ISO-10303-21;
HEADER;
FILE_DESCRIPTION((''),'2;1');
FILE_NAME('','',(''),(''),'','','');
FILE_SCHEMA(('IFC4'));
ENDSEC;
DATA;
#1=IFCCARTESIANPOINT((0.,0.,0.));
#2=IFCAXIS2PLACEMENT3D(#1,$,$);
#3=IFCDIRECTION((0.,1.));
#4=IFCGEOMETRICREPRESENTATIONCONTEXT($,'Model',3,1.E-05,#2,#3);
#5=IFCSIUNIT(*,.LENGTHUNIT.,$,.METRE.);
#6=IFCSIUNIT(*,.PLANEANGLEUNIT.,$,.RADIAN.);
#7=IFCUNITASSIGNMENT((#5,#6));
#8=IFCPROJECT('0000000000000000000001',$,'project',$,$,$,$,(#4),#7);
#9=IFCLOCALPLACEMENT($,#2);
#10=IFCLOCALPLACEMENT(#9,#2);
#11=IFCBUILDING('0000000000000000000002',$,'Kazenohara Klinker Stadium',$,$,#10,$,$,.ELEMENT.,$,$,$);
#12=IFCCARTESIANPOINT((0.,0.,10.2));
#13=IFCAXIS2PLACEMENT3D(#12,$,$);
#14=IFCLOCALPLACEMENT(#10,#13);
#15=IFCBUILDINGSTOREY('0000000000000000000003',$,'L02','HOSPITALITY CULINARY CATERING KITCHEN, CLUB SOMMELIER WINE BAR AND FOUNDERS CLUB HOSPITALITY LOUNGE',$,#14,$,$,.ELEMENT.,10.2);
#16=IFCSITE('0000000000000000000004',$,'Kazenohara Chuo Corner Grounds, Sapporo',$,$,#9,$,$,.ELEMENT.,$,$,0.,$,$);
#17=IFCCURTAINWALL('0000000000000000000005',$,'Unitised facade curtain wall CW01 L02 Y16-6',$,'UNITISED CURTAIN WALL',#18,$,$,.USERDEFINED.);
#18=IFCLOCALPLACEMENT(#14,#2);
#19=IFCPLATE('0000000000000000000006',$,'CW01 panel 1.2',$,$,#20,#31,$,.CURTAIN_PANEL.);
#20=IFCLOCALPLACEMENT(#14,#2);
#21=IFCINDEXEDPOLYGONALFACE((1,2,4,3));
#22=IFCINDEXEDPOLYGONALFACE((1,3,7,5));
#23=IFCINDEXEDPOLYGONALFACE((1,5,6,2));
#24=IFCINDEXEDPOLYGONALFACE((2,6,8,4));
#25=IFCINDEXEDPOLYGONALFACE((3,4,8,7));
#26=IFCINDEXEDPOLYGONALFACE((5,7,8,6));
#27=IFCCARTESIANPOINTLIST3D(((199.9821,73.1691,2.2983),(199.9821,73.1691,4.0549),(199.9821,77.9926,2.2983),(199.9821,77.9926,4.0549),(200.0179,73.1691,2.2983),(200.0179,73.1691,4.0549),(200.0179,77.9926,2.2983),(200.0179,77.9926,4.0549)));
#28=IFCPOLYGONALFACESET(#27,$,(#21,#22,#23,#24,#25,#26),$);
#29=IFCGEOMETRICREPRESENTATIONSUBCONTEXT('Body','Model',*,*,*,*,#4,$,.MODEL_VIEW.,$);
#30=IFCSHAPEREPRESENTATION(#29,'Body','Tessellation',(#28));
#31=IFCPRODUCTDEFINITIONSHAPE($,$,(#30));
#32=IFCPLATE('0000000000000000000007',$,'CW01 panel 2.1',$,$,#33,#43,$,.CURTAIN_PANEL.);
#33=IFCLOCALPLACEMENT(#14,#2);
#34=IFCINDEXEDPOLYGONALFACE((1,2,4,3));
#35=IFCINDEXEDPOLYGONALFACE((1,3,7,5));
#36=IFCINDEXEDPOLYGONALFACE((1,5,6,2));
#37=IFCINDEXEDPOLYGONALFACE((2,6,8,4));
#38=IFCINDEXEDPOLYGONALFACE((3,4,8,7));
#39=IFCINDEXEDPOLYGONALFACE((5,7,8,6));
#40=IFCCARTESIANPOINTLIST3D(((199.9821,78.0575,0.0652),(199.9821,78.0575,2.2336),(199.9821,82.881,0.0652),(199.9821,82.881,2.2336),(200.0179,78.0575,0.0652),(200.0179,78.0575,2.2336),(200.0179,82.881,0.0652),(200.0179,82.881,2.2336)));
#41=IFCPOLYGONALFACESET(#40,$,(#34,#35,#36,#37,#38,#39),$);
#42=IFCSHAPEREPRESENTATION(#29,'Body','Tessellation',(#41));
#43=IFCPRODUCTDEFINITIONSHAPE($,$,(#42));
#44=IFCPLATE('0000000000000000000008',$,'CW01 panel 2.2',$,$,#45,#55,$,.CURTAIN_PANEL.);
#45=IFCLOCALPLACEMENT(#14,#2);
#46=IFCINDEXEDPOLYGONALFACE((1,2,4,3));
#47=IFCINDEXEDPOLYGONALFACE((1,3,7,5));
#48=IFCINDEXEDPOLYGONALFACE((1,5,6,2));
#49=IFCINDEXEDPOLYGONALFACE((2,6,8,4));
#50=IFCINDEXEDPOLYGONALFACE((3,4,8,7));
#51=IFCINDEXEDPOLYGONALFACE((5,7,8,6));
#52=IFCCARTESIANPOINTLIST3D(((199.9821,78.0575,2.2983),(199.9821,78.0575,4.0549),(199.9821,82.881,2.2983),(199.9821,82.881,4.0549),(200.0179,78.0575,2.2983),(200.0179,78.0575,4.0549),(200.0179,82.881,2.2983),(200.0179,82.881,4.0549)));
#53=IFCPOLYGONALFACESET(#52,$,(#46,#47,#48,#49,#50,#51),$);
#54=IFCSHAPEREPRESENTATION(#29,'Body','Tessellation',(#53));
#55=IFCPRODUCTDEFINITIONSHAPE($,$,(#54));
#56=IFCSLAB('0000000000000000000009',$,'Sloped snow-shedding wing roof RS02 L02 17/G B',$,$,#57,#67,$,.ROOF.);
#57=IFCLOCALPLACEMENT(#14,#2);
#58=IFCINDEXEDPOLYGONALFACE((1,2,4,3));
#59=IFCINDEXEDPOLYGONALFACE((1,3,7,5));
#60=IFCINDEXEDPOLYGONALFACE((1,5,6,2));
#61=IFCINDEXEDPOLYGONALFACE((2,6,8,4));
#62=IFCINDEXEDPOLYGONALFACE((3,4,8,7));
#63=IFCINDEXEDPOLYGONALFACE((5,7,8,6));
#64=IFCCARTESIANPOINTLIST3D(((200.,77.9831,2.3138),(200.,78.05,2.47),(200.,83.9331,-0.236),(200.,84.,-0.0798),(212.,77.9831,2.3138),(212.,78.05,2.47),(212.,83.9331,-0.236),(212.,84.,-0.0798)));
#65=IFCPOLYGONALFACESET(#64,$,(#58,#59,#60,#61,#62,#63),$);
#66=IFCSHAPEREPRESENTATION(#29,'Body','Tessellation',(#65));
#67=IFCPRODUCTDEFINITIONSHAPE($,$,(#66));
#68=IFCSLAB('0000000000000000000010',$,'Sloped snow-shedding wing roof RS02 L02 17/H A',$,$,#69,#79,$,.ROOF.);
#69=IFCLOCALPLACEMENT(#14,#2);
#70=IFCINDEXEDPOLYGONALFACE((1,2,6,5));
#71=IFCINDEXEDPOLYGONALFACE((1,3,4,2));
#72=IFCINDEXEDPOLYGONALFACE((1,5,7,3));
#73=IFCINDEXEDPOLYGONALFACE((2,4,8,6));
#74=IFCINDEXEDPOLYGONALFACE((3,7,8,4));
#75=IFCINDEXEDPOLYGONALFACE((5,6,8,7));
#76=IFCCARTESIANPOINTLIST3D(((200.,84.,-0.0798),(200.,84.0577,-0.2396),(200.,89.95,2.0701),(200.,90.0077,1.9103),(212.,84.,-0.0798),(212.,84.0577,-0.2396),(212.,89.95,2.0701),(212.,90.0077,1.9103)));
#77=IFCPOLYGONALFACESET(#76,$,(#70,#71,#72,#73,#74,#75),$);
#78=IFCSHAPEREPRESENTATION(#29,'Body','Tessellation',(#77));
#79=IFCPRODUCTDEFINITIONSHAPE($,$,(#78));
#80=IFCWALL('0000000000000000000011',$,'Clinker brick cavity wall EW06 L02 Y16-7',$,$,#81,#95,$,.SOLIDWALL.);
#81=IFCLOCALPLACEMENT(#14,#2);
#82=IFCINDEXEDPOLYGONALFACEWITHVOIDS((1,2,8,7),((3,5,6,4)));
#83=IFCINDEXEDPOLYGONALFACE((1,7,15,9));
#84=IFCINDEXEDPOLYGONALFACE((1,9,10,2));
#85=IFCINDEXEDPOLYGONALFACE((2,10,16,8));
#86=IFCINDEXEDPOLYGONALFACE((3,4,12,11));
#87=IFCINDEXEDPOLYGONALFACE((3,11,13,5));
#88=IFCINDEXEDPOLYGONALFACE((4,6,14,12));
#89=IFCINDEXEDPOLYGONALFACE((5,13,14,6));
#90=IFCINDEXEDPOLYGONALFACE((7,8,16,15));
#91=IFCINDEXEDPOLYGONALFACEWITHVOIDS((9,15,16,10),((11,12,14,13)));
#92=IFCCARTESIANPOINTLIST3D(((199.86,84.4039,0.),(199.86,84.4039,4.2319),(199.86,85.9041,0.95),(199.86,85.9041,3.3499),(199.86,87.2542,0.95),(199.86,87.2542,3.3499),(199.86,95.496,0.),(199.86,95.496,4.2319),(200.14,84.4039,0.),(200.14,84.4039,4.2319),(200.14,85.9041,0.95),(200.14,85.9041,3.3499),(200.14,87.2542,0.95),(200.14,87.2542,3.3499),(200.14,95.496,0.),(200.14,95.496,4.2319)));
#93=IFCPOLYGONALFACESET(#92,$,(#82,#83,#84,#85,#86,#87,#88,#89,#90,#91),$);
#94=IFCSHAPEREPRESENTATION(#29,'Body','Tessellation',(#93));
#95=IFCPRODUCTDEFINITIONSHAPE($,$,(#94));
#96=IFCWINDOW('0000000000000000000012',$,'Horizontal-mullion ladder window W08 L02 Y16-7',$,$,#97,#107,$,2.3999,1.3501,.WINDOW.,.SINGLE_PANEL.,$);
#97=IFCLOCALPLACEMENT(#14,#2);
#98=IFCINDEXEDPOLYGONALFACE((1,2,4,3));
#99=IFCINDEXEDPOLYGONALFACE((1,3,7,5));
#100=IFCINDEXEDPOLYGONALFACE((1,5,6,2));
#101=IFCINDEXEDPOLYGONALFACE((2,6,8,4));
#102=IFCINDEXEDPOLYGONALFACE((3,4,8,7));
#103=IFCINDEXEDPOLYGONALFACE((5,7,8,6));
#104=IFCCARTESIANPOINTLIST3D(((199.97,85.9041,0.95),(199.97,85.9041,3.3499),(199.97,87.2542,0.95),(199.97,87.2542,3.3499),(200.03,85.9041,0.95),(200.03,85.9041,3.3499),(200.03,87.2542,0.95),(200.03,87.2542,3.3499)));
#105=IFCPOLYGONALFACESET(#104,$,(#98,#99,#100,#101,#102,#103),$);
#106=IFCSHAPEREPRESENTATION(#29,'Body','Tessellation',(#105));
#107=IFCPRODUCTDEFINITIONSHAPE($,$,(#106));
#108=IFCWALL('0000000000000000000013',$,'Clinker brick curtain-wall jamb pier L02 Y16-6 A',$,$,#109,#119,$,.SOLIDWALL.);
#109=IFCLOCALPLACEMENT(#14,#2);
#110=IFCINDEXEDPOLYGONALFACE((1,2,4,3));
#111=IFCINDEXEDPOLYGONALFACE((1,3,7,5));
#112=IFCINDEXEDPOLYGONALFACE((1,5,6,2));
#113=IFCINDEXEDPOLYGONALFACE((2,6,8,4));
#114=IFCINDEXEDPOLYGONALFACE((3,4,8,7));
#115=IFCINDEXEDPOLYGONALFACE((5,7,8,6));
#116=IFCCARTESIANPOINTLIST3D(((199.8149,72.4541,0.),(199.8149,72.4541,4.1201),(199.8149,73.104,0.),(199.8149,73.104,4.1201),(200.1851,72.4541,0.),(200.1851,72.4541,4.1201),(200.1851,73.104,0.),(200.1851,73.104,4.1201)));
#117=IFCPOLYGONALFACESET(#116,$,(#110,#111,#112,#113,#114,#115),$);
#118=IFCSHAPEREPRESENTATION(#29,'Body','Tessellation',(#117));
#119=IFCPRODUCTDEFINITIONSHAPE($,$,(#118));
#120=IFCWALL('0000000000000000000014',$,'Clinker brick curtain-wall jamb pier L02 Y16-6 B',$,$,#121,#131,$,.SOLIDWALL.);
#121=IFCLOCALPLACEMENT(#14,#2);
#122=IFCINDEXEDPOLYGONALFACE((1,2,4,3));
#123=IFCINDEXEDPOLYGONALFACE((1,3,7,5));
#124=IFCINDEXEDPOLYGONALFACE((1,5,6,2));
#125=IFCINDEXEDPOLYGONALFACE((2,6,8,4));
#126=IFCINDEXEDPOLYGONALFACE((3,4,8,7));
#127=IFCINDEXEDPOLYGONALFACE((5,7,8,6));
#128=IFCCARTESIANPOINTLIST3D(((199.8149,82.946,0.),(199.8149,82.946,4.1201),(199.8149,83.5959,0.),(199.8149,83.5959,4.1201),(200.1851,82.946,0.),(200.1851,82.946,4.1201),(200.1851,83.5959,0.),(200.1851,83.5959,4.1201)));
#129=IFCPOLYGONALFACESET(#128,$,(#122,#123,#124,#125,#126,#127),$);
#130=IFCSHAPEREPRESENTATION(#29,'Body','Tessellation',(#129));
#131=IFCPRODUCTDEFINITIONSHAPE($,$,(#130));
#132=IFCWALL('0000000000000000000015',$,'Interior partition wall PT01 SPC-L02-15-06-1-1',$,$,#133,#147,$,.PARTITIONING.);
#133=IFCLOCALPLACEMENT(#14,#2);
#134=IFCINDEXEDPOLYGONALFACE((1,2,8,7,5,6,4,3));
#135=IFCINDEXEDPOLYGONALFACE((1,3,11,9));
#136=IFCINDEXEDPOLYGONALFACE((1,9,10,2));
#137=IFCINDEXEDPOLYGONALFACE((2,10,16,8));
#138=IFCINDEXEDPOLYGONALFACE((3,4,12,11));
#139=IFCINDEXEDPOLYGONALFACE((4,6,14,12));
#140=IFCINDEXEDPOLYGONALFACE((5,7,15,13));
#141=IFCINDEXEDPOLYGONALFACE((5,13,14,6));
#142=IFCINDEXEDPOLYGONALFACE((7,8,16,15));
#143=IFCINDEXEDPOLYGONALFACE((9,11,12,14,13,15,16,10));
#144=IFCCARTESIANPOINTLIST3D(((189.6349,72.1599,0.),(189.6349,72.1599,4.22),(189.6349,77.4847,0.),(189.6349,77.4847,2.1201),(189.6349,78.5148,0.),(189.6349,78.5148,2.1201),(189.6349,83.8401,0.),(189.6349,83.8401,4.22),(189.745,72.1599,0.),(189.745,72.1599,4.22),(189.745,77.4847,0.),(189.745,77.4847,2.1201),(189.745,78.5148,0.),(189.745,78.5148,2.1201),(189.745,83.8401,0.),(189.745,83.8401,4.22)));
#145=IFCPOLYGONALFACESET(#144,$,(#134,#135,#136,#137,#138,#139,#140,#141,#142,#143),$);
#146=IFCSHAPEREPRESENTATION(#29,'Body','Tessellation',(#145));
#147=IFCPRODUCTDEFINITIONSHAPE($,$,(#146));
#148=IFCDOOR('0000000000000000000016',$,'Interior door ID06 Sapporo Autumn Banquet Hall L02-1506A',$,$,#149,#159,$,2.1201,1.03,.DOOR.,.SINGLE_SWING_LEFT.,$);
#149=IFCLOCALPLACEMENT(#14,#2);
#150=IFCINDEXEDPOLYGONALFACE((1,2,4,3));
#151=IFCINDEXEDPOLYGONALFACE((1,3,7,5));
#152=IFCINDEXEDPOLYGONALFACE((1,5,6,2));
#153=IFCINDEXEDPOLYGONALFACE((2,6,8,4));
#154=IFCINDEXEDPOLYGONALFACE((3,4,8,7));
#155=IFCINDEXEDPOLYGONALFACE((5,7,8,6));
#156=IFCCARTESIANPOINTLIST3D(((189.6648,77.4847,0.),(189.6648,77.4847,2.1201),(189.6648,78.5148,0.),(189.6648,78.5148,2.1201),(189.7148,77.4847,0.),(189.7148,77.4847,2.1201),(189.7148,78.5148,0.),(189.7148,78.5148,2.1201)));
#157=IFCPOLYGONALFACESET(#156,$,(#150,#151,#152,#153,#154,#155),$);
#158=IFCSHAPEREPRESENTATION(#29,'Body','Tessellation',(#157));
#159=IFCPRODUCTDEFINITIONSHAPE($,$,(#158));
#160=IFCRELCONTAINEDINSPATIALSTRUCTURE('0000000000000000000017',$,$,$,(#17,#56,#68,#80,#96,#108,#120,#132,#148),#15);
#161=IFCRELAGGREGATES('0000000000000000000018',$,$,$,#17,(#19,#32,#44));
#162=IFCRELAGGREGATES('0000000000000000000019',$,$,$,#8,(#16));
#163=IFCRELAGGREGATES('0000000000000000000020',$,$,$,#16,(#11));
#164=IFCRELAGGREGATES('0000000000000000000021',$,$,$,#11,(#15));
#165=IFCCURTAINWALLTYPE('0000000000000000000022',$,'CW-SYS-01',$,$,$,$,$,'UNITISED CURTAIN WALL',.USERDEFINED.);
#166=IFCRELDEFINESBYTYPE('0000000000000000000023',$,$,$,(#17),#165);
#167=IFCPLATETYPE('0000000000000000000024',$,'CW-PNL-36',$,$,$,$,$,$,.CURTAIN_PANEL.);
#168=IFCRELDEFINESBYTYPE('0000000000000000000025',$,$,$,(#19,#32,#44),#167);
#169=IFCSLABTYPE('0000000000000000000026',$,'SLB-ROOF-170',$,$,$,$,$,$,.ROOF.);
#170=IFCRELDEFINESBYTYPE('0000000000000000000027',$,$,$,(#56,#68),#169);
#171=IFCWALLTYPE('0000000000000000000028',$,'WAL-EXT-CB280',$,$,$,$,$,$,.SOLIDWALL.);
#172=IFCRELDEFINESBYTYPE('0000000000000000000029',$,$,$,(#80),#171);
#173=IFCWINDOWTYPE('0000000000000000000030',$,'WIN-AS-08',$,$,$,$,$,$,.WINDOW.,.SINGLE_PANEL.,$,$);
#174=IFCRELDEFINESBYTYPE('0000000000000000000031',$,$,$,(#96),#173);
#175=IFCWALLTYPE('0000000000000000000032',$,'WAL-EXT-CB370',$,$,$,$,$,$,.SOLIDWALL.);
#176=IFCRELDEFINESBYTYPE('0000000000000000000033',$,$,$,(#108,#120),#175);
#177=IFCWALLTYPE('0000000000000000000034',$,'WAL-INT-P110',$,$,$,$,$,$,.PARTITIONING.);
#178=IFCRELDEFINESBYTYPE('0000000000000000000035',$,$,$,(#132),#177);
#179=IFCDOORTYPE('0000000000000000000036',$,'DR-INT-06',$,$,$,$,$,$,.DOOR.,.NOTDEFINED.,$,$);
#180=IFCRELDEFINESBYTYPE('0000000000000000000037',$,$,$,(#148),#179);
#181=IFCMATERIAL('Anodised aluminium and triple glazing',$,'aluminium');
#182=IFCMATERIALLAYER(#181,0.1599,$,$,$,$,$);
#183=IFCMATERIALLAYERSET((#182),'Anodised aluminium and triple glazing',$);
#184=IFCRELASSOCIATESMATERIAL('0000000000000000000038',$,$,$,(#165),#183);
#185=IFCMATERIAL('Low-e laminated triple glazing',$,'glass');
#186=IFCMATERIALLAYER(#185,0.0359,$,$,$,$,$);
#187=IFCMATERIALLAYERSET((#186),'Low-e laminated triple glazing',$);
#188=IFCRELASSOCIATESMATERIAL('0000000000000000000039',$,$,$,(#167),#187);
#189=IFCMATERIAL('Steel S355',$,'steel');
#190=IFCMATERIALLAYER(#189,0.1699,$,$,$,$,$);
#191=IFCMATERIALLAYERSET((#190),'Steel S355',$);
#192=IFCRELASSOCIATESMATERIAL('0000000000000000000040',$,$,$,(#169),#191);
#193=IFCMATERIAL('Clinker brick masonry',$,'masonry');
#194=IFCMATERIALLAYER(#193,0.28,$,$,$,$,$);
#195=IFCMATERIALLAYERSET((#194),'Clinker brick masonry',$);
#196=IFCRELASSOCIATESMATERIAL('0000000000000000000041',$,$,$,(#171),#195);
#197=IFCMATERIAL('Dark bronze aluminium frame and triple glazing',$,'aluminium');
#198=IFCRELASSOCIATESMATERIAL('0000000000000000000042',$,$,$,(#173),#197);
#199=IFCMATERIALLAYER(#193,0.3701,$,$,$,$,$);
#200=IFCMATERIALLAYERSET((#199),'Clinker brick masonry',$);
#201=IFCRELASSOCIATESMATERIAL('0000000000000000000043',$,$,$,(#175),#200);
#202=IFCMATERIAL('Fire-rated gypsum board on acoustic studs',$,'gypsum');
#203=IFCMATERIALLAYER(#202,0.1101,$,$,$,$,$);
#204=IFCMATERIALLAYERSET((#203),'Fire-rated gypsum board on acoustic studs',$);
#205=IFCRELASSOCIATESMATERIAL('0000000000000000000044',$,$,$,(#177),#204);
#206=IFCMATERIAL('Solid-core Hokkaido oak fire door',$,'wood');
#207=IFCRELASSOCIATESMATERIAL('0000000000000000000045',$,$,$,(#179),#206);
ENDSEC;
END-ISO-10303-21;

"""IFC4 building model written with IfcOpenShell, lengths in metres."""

from ifc_helpers import new_model, si_unit, direction, frame, frame_2d, origin, origin_2d, place, context, subcontext, project, spatial, polyline, rectangle, outline, extrude, material, layer, layer_set, type_object, element, fill, aggregate, save


model = new_model("IFC4")

# Units and contexts
model_context = context("Model", 3, precision=1e-05, world=origin(), true_north=direction((0.0, 1.0)))
body_context = subcontext(model_context, "Body", "Model", "MODEL_VIEW")
ifc_project = project(units=[si_unit("LENGTHUNIT", "METRE"), si_unit("PLANEANGLEUNIT", "RADIAN")], contexts=[model_context])

# Site, building, storey
site_placement = place(None, origin())
site = spatial("IfcSite", under=ifc_project, at=site_placement, Name="Kazenohara Chuo Corner Grounds, Sapporo", CompositionType="ELEMENT", RefElevation=0.0)
building_placement = place(site_placement, origin())
building = spatial("IfcBuilding", under=site, at=building_placement, Name="Kazenohara Klinker Stadium", CompositionType="ELEMENT")
storey_placement = place(building_placement, frame((0.0, 0.0, 10.2)))
storey = spatial("IfcBuildingStorey", under=building, at=storey_placement, Name="L02", Description="HOSPITALITY CULINARY CATERING KITCHEN, CLUB SOMMELIER WINE BAR AND FOUNDERS CLUB HOSPITALITY LOUNGE", CompositionType="ELEMENT", Elevation=10.2)

# Shared definitions
ifc_material_1 = material(Name="Steel S355", Category="steel")

# Curtain wall
ifc_material_2 = material(Name="Anodised aluminium and triple glazing", Category="aluminium")
ifc_layer_1 = layer(ifc_material_2, 0.1599)
ifc_layer_set_1 = layer_set([ifc_layer_1], Name="Anodised aluminium and triple glazing")
curtain_wall_type = type_object("IfcCurtainWallType", Name="CW-SYS-01", ElementType="UNITISED CURTAIN WALL", PredefinedType="USERDEFINED", material=ifc_layer_set_1)
curtain_wall_placement = place(storey_placement, origin())
curtain_wall = element("IfcCurtainWall", 1, at=curtain_wall_placement, inside=storey, type_object=curtain_wall_type, Name="Unitised facade curtain wall CW01 L02 Y16-6", ObjectType="UNITISED CURTAIN WALL", PredefinedType="USERDEFINED")

# Plates
ifc_material_3 = material(Name="Low-e laminated triple glazing", Category="glass")
ifc_layer_2 = layer(ifc_material_3, 0.0359)
ifc_layer_set_2 = layer_set([ifc_layer_2], Name="Low-e laminated triple glazing")
plate_type = type_object("IfcPlateType", Name="CW-PNL-36", PredefinedType="CURTAIN_PANEL", material=ifc_layer_set_2)
plate_1_placement = place(storey_placement, frame((200.0, 75.5808, 2.2983), z_axis=(0.0, 0.0, 1.0), x_axis=(0.0, 1.0, 0.0)))
plate_1 = element("IfcPlate", 2, at=plate_1_placement, type_object=plate_type, Name="CW01 panel 1.2", PredefinedType="CURTAIN_PANEL", context=body_context, shape_type="SweptSolid", body=[
    extrude(rectangle(XDim=4.8235, YDim=0.0359, at=origin_2d()), origin(), (0.0, 0.0, 1.0), 1.7566),
])
plate_2_placement = place(storey_placement, frame((200.0, 80.4692, 0.0652), z_axis=(0.0, 0.0, 1.0), x_axis=(0.0, 1.0, 0.0)))
plate_2 = element("IfcPlate", 3, at=plate_2_placement, type_object=plate_type, Name="CW01 panel 2.1", PredefinedType="CURTAIN_PANEL", context=body_context, shape_type="SweptSolid", body=[
    extrude(rectangle(XDim=4.8235, YDim=0.0359, at=origin_2d()), origin(), (0.0, 0.0, 1.0), 2.1685),
])
plate_3_placement = place(storey_placement, frame((200.0, 80.4692, 2.2983), z_axis=(0.0, 0.0, 1.0), x_axis=(0.0, 1.0, 0.0)))
plate_3 = element("IfcPlate", 4, at=plate_3_placement, type_object=plate_type, Name="CW01 panel 2.2", PredefinedType="CURTAIN_PANEL", context=body_context, shape_type="SweptSolid", body=[
    extrude(rectangle(XDim=4.8235, YDim=0.0359, at=origin_2d()), origin(), (0.0, 0.0, 1.0), 1.7566),
])
aggregate(curtain_wall, [plate_1, plate_2, plate_3])

# Slabs
ifc_layer_3 = layer(ifc_material_1, 0.1699)
ifc_layer_set_3 = layer_set([ifc_layer_3], Name="Steel S355")
slab_type = type_object("IfcSlabType", Name="SLB-ROOF-170", PredefinedType="ROOF", material=ifc_layer_set_3)
slab_1_placement = place(storey_placement, frame((200.0, 78.05, 2.47), z_axis=(0.0, 0.393897, 0.919155), x_axis=(1.0, 0.0, 0.0)))
element("IfcSlab", 5, at=slab_1_placement, inside=storey, type_object=slab_type, Name="Sloped snow-shedding wing roof RS02 L02 17/G B", PredefinedType="ROOF", context=body_context, shape_type="SweptSolid", body=[
    extrude(outline(polyline([(0.0, 0.0), (12.0, 0.0), (12.0, 6.4733), (0.0, 6.4733), (0.0, 0.0)])), origin(), (0.0, 0.0, -1.0), 0.1699),
])
slab_2_placement = place(storey_placement, frame((200.0, 84.0, -0.0798), z_axis=(0.0, -0.339827, 0.940488), x_axis=(1.0, 0.0, 0.0)))
element("IfcSlab", 6, at=slab_2_placement, inside=storey, type_object=slab_type, Name="Sloped snow-shedding wing roof RS02 L02 17/H A", PredefinedType="ROOF", context=body_context, shape_type="SweptSolid", body=[
    extrude(outline(polyline([(0.0, 0.0), (12.0, 0.0), (12.0, 6.3265), (0.0, 6.3265), (0.0, 0.0)])), origin(), (0.0, 0.0, -1.0), 0.1699),
])

# Wall, opening, window
ifc_material_4 = material(Name="Clinker brick masonry", Category="masonry")
ifc_layer_4 = layer(ifc_material_4, 0.28)
ifc_layer_set_4 = layer_set([ifc_layer_4], Name="Clinker brick masonry")
wall_type_1 = type_object("IfcWallType", Name="WAL-EXT-CB280", PredefinedType="SOLIDWALL", material=ifc_layer_set_4)
wall_1_placement = place(storey_placement, frame((200.0, 84.4041, 0.0), z_axis=(0.0, 0.0, 1.0), x_axis=(0.0, 1.0, 0.0)))
wall_1 = element("IfcWall", 7, at=wall_1_placement, inside=storey, type_object=wall_type_1, Name="Clinker brick cavity wall EW06 L02 Y16-7", PredefinedType="SOLIDWALL", context=body_context, shape_type="SweptSolid", body=[
    extrude(rectangle(XDim=11.092, YDim=0.28, at=frame_2d((5.5459, 0.0))), origin(), (0.0, 0.0, 1.0), 4.2319),
])
opening_1_placement = place(wall_1_placement, frame((1.5, 0.0, 0.95)))
opening_1 = element("IfcOpeningElement", 8, at=opening_1_placement, cuts=wall_1, PredefinedType="OPENING", context=body_context, shape_type="SweptSolid", body=[
    extrude(rectangle(XDim=1.3501, YDim=2.3999, at=frame_2d((0.675, 1.2))), frame((0.0, 0.1499, 0.0), z_axis=(0.0, -1.0, 0.0), x_axis=(1.0, 0.0, 0.0)), (0.0, 0.0, 1.0), 0.3),
])
ifc_material_5 = material(Name="Dark bronze aluminium frame and triple glazing", Category="aluminium")
window_type = type_object("IfcWindowType", Name="WIN-AS-08", PartitioningType="SINGLE_PANEL", PredefinedType="WINDOW", material=ifc_material_5)
window_placement = place(opening_1_placement, origin())
window = element("IfcWindow", 9, at=window_placement, inside=storey, type_object=window_type, Name="Horizontal-mullion ladder window W08 L02 Y16-7", OverallHeight=2.3999, OverallWidth=1.3501, PartitioningType="SINGLE_PANEL", PredefinedType="WINDOW", context=body_context, shape_type="SweptSolid", body=[
    extrude(rectangle(XDim=1.3501, YDim=2.3999, at=frame_2d((0.675, 1.2))), frame((0.0, 0.03, 0.0), z_axis=(0.0, -1.0, 0.0), x_axis=(1.0, 0.0, 0.0)), (0.0, 0.0, 1.0), 0.0601),
])
fill(opening_1, window)

# Walls
ifc_layer_5 = layer(ifc_material_4, 0.3701)
ifc_layer_set_5 = layer_set([ifc_layer_5], Name="Clinker brick masonry")
wall_type_2 = type_object("IfcWallType", Name="WAL-EXT-CB370", PredefinedType="SOLIDWALL", material=ifc_layer_set_5)
for number, where, z_axis, x_axis, name in (
    (10, (200.0, 72.4541, 0.0), (0.0, 0.0, 1.0), (0.0, 1.0, 0.0), "Clinker brick curtain-wall jamb pier L02 Y16-6 A"),
    (11, (200.0, 82.946, 0.0), (0.0, 0.0, 1.0), (0.0, 1.0, 0.0), "Clinker brick curtain-wall jamb pier L02 Y16-6 B"),
):
    element("IfcWall", number, at=place(storey_placement, frame(where, z_axis=z_axis, x_axis=x_axis)), inside=storey, type_object=wall_type_2, Name=name, PredefinedType="SOLIDWALL", context=body_context, shape_type="SweptSolid", body=[
        extrude(rectangle(XDim=0.6499, YDim=0.3701, at=frame_2d((0.325, 0.0))), origin(), (0.0, 0.0, 1.0), 4.1201),
    ])

# Wall, opening, door
ifc_material_6 = material(Name="Fire-rated gypsum board on acoustic studs", Category="gypsum")
ifc_layer_6 = layer(ifc_material_6, 0.1101)
ifc_layer_set_6 = layer_set([ifc_layer_6], Name="Fire-rated gypsum board on acoustic studs")
wall_type_3 = type_object("IfcWallType", Name="WAL-INT-P110", PredefinedType="PARTITIONING", material=ifc_layer_set_6)
wall_2_placement = place(storey_placement, frame((189.6899, 72.1599, 0.0), z_axis=(0.0, 0.0, 1.0), x_axis=(0.0, 1.0, 0.0)))
wall_2 = element("IfcWall", 12, at=wall_2_placement, inside=storey, type_object=wall_type_3, Name="Interior partition wall PT01 SPC-L02-15-06-1-1", PredefinedType="PARTITIONING", context=body_context, shape_type="SweptSolid", body=[
    extrude(rectangle(XDim=11.6802, YDim=0.1101, at=frame_2d((5.8401, 0.0))), origin(), (0.0, 0.0, 1.0), 4.22),
])
opening_2_placement = place(wall_2_placement, frame((6.355, 0.0, 0.0), z_axis=(0.0, 0.0, 1.0), x_axis=(-1.0, 0.0, 0.0)))
opening_2 = element("IfcOpeningElement", 13, at=opening_2_placement, cuts=wall_2, PredefinedType="OPENING", context=body_context, shape_type="SweptSolid", body=[
    extrude(rectangle(XDim=1.03, YDim=2.1201, at=frame_2d((0.5151, 1.0601))), frame((0.0, 0.0649, 0.0), z_axis=(0.0, -1.0, 0.0), x_axis=(1.0, 0.0, 0.0)), (0.0, 0.0, 1.0), 0.1301),
])
ifc_material_7 = material(Name="Solid-core Hokkaido oak fire door", Category="wood")
door_type_1 = type_object("IfcDoorType", Name="DR-INT-06", OperationType="NOTDEFINED", PredefinedType="DOOR", material=ifc_material_7)
door_1_placement = place(opening_2_placement, origin())
door_1 = element("IfcDoor", 14, at=door_1_placement, inside=storey, type_object=door_type_1, Name="Interior door ID06 Sapporo Autumn Banquet Hall L02-1506A", OperationType="SINGLE_SWING_LEFT", OverallHeight=2.1201, OverallWidth=1.03, PredefinedType="DOOR", context=body_context, shape_type="SweptSolid", body=[
    extrude(rectangle(XDim=1.03, YDim=2.1201, at=frame_2d((0.5151, 1.0601))), frame((0.0, 0.0249, 0.0), z_axis=(0.0, -1.0, 0.0), x_axis=(1.0, 0.0, 0.0)), (0.0, 0.0, 1.0), 0.05),
])
fill(opening_2, door_1)

save(model, "model.ifc")
